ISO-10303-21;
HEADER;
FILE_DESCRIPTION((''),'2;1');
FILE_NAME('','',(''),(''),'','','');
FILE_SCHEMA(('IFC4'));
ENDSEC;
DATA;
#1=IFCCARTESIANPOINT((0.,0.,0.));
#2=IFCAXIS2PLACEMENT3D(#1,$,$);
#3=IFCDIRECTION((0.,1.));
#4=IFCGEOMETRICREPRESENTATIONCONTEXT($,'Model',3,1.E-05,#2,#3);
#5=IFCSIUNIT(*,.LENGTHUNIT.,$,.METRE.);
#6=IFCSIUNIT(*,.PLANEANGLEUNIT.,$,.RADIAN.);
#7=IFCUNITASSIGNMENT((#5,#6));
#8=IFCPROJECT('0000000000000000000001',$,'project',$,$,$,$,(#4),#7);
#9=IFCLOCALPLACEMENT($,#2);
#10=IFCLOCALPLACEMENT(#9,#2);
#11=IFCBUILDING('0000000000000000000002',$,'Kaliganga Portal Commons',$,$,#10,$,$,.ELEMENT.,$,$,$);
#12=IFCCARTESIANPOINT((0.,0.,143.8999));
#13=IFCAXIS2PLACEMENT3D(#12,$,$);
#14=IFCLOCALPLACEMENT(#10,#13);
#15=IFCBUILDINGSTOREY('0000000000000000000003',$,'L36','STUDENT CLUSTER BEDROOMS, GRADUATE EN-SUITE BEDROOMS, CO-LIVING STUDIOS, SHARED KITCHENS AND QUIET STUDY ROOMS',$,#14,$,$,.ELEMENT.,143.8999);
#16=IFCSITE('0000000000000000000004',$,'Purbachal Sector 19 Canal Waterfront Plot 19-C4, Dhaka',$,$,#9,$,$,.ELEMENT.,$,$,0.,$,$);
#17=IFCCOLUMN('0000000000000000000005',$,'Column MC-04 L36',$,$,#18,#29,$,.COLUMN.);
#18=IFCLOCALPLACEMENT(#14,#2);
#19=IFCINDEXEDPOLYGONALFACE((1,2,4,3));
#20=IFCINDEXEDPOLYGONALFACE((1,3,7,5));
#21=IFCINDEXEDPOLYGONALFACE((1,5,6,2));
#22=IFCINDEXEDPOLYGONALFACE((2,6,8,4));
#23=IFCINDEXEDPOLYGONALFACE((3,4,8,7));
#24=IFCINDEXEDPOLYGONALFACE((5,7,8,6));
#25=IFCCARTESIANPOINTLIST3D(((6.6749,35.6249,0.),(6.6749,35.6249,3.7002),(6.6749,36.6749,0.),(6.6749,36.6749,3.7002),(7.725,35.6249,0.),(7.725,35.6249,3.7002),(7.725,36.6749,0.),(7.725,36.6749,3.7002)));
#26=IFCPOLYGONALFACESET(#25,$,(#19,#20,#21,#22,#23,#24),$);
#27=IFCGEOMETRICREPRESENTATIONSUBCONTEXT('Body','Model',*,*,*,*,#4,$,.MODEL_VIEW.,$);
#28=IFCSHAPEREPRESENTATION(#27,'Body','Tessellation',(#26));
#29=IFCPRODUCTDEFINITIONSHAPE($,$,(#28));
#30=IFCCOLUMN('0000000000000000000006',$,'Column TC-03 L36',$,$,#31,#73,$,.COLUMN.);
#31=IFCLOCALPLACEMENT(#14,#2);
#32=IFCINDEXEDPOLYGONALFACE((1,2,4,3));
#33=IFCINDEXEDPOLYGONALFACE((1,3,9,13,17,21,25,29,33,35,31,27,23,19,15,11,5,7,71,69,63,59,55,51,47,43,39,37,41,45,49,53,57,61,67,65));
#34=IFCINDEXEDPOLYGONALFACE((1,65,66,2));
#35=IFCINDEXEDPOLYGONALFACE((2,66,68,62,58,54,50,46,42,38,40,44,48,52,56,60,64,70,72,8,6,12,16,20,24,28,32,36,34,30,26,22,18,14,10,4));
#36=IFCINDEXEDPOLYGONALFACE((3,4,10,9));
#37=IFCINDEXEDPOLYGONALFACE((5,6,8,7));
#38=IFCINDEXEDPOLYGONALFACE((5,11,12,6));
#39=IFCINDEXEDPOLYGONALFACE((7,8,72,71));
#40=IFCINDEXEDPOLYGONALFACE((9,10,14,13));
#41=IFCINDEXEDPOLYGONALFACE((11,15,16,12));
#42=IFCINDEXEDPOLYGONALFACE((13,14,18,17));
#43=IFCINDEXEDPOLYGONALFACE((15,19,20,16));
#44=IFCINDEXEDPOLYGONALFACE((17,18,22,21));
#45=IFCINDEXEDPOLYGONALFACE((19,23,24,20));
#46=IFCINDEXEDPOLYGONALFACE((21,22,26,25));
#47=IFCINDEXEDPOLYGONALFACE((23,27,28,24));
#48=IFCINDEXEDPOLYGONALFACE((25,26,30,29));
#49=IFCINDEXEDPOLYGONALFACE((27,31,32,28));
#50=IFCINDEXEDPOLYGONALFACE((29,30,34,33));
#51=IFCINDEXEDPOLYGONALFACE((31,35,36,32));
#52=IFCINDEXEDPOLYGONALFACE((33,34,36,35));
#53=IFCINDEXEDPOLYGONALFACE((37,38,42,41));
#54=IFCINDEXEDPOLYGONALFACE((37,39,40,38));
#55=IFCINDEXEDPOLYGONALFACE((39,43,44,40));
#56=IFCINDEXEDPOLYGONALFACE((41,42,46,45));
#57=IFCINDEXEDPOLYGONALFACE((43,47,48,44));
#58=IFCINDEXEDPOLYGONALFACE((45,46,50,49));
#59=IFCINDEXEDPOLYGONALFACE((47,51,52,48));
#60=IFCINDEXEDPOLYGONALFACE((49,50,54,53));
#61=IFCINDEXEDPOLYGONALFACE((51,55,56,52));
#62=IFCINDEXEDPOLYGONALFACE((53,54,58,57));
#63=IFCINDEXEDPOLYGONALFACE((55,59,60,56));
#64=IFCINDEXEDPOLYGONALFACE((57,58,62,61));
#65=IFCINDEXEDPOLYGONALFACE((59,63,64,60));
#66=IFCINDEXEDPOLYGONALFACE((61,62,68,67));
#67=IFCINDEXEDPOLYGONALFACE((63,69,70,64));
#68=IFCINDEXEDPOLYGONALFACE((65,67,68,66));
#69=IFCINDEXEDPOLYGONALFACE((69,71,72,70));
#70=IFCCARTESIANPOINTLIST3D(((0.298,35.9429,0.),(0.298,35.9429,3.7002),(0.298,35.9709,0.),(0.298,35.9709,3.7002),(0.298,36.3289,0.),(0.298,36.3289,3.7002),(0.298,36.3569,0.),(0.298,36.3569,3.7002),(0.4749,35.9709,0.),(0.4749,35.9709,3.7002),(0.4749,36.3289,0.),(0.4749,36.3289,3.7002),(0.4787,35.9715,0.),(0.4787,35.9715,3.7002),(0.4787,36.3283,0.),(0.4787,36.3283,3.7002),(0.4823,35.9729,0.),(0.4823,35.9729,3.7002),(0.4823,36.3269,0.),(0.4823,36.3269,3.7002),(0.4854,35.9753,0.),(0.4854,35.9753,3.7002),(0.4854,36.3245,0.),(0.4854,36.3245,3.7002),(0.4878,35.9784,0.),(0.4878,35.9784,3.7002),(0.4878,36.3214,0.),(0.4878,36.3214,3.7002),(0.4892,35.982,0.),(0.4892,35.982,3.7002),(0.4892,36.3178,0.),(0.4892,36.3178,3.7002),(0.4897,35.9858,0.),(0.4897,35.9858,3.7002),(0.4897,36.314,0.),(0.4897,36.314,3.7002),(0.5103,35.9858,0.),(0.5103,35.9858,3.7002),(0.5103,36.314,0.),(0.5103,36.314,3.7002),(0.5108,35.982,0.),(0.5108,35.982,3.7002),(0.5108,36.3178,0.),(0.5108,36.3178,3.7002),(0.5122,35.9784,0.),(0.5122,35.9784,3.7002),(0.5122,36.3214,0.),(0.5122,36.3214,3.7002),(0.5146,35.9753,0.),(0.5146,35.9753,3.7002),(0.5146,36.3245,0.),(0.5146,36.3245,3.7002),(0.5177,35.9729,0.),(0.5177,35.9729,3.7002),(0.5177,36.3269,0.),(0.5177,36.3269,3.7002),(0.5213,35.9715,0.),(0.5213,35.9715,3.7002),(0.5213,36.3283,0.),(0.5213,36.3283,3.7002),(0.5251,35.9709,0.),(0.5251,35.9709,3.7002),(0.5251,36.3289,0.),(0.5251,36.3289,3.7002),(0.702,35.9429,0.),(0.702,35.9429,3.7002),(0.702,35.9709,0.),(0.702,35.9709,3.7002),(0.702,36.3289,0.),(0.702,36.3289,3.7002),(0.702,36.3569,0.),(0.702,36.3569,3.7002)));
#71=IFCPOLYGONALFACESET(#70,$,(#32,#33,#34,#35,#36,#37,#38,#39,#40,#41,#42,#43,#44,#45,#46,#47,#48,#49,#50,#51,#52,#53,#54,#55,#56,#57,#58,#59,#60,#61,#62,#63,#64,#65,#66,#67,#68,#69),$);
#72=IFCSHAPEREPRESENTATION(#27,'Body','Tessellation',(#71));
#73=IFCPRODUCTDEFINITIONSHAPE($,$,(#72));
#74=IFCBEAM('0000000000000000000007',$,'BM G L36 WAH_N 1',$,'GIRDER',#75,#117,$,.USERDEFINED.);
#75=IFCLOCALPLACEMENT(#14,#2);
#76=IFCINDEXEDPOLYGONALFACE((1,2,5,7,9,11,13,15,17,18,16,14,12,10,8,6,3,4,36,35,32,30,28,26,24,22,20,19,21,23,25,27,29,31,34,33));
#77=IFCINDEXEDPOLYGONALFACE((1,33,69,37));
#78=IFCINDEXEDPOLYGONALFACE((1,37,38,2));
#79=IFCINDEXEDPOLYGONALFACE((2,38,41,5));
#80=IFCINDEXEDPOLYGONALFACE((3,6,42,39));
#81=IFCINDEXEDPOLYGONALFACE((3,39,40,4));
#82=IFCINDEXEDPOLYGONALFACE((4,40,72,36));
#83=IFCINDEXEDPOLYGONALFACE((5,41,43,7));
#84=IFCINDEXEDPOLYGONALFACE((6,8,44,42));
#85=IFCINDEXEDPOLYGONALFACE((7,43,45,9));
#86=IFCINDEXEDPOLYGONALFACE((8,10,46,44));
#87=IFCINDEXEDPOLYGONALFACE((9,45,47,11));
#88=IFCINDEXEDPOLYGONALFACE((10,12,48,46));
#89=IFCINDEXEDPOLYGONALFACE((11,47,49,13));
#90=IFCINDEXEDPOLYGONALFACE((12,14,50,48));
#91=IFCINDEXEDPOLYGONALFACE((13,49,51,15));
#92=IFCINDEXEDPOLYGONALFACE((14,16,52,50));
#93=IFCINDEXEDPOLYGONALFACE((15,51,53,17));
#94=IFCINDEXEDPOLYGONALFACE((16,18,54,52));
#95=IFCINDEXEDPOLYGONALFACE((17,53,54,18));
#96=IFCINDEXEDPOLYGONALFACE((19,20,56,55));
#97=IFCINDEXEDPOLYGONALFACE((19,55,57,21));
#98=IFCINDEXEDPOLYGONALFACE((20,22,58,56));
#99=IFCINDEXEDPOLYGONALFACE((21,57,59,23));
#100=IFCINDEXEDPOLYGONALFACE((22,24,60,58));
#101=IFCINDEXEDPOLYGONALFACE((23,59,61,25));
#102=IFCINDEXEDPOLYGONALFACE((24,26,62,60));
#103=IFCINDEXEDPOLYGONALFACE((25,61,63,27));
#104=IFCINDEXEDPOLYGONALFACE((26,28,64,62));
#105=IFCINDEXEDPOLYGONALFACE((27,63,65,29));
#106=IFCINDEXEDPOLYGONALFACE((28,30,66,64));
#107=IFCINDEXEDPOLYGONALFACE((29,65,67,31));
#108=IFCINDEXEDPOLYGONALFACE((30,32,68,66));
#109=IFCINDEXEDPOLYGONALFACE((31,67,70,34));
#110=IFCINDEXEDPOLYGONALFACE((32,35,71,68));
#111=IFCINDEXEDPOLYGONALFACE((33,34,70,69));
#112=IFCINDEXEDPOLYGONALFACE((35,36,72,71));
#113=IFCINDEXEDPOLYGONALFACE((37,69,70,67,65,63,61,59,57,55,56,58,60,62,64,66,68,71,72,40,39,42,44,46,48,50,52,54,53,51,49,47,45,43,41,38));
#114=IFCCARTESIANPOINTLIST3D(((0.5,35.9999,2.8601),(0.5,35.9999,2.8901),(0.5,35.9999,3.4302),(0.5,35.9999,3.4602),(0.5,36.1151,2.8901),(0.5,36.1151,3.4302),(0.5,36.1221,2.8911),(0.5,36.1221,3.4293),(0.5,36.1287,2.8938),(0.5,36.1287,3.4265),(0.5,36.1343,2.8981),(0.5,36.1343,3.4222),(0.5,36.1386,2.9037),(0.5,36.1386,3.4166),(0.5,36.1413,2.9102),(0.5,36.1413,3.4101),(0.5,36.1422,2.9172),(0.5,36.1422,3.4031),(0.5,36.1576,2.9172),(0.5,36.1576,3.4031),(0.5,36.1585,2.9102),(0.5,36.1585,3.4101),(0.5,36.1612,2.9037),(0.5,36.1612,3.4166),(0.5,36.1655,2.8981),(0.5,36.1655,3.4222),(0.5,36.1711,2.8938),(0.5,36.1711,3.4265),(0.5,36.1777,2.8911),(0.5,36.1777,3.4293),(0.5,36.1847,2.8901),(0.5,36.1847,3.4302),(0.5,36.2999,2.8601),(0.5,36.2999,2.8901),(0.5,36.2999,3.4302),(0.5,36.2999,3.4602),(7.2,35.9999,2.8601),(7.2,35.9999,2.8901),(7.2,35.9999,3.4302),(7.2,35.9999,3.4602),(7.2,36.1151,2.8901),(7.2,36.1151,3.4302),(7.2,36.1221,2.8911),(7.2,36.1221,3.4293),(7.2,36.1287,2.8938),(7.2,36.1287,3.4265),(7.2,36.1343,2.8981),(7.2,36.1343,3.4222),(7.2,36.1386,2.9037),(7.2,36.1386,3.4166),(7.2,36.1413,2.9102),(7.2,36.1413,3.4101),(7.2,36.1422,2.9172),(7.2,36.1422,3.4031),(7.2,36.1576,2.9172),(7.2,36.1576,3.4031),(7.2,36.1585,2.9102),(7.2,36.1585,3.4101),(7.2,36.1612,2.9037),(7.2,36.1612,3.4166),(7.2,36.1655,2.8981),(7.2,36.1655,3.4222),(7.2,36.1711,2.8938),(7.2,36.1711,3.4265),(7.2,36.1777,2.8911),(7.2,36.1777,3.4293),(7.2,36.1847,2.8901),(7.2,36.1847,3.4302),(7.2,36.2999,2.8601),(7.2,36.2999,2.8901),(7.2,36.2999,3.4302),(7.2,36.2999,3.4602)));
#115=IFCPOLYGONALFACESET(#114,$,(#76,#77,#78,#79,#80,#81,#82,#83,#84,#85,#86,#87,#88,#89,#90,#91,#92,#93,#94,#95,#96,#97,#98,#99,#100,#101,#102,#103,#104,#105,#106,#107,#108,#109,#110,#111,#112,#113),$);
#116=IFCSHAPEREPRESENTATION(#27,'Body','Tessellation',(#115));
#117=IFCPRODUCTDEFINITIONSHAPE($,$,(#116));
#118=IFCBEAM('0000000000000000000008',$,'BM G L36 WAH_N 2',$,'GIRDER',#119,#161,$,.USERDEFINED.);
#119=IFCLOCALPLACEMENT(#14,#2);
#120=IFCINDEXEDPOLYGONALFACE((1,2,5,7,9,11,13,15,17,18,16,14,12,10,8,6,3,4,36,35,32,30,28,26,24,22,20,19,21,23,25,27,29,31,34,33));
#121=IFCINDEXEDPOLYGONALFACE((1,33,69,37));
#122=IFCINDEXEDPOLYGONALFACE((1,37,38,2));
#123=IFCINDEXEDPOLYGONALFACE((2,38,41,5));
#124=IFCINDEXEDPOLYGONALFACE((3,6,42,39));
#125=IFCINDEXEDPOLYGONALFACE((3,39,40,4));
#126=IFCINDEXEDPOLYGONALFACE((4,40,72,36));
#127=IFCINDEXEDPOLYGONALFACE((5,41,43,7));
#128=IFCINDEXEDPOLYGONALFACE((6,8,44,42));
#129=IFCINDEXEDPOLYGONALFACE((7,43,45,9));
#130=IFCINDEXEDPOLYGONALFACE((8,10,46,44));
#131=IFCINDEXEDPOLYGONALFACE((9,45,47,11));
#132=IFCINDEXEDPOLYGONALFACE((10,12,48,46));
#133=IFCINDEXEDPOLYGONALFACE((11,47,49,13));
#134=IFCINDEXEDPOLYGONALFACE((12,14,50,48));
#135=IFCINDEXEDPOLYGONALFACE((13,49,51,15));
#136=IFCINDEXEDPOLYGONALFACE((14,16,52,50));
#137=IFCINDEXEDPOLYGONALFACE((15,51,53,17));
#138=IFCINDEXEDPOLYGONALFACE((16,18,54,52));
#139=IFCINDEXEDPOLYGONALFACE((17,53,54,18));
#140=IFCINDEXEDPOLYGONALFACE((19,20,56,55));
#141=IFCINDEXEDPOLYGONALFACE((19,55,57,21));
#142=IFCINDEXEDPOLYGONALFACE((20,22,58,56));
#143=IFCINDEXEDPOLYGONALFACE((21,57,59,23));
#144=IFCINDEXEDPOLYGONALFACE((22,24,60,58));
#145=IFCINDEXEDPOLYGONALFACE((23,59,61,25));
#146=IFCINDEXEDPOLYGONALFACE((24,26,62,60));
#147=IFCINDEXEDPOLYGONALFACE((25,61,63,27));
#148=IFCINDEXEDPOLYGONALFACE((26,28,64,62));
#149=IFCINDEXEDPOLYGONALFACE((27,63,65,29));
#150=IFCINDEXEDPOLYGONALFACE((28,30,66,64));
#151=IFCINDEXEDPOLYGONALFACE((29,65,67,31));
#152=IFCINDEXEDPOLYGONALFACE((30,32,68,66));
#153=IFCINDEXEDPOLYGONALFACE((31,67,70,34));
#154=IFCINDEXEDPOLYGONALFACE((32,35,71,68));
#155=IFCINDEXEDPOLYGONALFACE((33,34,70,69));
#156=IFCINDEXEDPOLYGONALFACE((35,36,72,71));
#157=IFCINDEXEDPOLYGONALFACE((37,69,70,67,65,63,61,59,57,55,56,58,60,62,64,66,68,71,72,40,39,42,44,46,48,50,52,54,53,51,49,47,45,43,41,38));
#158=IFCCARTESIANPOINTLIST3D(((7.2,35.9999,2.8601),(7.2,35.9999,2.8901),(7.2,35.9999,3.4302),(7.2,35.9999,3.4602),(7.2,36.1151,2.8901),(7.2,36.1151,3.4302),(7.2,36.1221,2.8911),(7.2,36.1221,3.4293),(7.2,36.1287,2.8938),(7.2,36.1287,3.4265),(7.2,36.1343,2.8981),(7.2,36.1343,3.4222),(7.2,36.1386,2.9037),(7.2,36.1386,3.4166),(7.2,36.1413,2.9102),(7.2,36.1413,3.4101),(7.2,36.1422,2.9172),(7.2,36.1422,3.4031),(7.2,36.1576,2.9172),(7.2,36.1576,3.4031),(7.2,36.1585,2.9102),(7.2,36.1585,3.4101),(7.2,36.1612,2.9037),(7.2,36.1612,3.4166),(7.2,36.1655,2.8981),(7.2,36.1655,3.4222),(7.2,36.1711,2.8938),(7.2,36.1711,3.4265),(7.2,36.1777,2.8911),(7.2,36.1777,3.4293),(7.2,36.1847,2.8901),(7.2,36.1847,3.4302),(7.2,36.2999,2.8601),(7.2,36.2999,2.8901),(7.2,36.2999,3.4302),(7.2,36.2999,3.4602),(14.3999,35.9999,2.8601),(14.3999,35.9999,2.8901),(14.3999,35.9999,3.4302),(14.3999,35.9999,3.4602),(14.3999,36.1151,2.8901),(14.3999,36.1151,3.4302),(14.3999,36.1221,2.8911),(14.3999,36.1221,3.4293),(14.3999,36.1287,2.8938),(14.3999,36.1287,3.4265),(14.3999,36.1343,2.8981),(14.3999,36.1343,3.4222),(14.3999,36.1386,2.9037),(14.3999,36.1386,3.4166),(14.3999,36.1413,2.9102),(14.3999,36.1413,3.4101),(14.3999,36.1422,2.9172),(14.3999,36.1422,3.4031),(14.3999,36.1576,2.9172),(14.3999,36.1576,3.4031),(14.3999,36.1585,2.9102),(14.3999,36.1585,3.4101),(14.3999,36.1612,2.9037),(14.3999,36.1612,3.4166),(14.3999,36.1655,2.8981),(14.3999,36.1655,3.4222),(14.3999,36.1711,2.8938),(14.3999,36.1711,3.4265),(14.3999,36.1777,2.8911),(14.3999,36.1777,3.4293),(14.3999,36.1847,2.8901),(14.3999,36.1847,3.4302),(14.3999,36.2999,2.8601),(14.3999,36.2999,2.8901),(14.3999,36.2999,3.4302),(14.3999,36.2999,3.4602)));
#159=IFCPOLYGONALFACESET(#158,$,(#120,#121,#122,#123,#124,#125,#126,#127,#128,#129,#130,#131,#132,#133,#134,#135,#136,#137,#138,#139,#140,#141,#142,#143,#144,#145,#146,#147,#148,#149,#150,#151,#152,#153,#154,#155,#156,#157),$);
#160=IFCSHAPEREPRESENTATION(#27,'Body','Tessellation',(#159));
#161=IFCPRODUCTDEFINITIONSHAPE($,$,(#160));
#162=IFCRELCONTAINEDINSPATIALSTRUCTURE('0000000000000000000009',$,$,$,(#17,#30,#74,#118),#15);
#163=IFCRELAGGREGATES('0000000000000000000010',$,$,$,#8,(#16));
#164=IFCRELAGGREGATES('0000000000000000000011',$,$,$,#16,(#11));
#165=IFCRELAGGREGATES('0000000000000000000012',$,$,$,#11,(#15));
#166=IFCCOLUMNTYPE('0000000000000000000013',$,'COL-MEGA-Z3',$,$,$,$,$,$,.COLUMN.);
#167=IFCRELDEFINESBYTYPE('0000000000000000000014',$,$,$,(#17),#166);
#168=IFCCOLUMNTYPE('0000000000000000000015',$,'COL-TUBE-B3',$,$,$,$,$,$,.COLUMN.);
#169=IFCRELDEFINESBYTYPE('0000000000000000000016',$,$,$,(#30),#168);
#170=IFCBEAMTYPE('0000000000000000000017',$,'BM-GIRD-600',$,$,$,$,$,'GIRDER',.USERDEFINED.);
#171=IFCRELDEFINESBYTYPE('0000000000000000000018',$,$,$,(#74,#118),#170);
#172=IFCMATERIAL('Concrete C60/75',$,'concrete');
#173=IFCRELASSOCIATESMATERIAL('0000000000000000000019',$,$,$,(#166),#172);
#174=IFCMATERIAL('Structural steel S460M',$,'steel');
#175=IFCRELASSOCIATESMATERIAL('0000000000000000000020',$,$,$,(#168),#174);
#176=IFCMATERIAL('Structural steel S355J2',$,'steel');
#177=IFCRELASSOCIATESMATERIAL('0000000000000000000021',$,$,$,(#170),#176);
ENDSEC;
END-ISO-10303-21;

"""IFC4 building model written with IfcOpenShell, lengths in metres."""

from ifc_helpers import new_model, si_unit, direction, frame, origin, origin_2d, place, context, subcontext, project, spatial, rectangle, i_section, extrude, source, transform, mapped, material, material_profile, profile_set, type_object, element, save


model = new_model("IFC4")

# Units and contexts
model_context = context("Model", 3, precision=1e-05, world=origin(), true_north=direction((0.0, 1.0)))
body_context = subcontext(model_context, "Body", "Model", "MODEL_VIEW")
ifc_project = project(units=[si_unit("LENGTHUNIT", "METRE"), si_unit("PLANEANGLEUNIT", "RADIAN")], contexts=[model_context])

# Site, building, storey
site_placement = place(None, origin())
site = spatial("IfcSite", under=ifc_project, at=site_placement, Name="Purbachal Sector 19 Canal Waterfront Plot 19-C4, Dhaka", CompositionType="ELEMENT", RefElevation=0.0)
building_placement = place(site_placement, origin())
building = spatial("IfcBuilding", under=site, at=building_placement, Name="Kaliganga Portal Commons", CompositionType="ELEMENT")
storey_placement = place(building_placement, frame((0.0, 0.0, 143.8999)))
storey = spatial("IfcBuildingStorey", under=building, at=storey_placement, Name="L36", Description="STUDENT CLUSTER BEDROOMS, GRADUATE EN-SUITE BEDROOMS, CO-LIVING STUDIOS, SHARED KITCHENS AND QUIET STUDY ROOMS", CompositionType="ELEMENT", Elevation=143.8999)

# Columns
ifc_material_1 = material(Name="Concrete C60/75", Category="concrete")
ifc_material_profile_1 = material_profile(ifc_material_1, rectangle(XDim=1.05, YDim=1.05, at=origin_2d()), Name="RC 1050x1050")
ifc_profile_set_1 = profile_set([ifc_material_profile_1], Name="Concrete C60/75")
column_type_1 = type_object("IfcColumnType", Name="COL-MEGA-Z3", PredefinedType="COLUMN", material=ifc_profile_set_1)
shared_shape_1 = source(origin(), body_context, "Body", "SweptSolid", [
    extrude(rectangle(XDim=1.05, YDim=1.05, at=origin_2d()), origin(), (0.0, 0.0, 1.0), 3.7002),
])
column_1_placement = place(storey_placement, frame((7.2, 36.1499, 0.0), z_axis=(0.0, 0.0, 1.0), x_axis=(1.0, 0.0, 0.0)))
element("IfcColumn", 1, at=column_1_placement, inside=storey, type_object=column_type_1, Name="Column MC-04 L36", PredefinedType="COLUMN", context=body_context, shape_type="MappedRepresentation", body=[
    mapped(shared_shape_1, transform((0.0, 0.0, 0.0), x_axis=(1.0, 0.0, 0.0), y_axis=(0.0, 1.0, 0.0), z_axis=(0.0, 0.0, 1.0), scale=1.0)),
])
ifc_material_2 = material(Name="Structural steel S460M", Category="steel")
ifc_material_profile_2 = material_profile(ifc_material_2, i_section(OverallWidth=0.4041, OverallDepth=0.4141, WebThickness=0.0205, FlangeThickness=0.0281, FilletRadius=0.0149, at=origin_2d()), Name="HD 400x347")
ifc_profile_set_2 = profile_set([ifc_material_profile_2], Name="Structural steel S460M wide-flange")
column_type_2 = type_object("IfcColumnType", Name="COL-TUBE-B3", PredefinedType="COLUMN", material=ifc_profile_set_2)
shared_shape_2 = source(origin(), body_context, "Body", "SweptSolid", [
    extrude(i_section(OverallWidth=0.4041, OverallDepth=0.4141, WebThickness=0.0205, FlangeThickness=0.0281, FilletRadius=0.0149, at=origin_2d()), origin(), (0.0, 0.0, 1.0), 3.7002),
])
column_2_placement = place(storey_placement, frame((0.5, 36.1499, 0.0), z_axis=(0.0, 0.0, 1.0), x_axis=(1.0, 0.0, 0.0)))
element("IfcColumn", 2, at=column_2_placement, inside=storey, type_object=column_type_2, Name="Column TC-03 L36", PredefinedType="COLUMN", context=body_context, shape_type="MappedRepresentation", body=[
    mapped(shared_shape_2, transform((0.0, 0.0, 0.0), x_axis=(1.0, 0.0, 0.0), y_axis=(0.0, 1.0, 0.0), z_axis=(0.0, 0.0, 1.0), scale=1.0)),
])

# Beams
ifc_material_3 = material(Name="Structural steel S355J2", Category="steel")
ifc_material_profile_3 = material_profile(ifc_material_3, i_section(OverallWidth=0.3, OverallDepth=0.6001, WebThickness=0.0154, FlangeThickness=0.03, FilletRadius=0.0271, at=origin_2d()), Name="HE 600 B")
ifc_profile_set_3 = profile_set([ifc_material_profile_3], Name="Structural steel S355J2 wide-flange")
beam_type = type_object("IfcBeamType", Name="BM-GIRD-600", ElementType="GIRDER", PredefinedType="USERDEFINED", material=ifc_profile_set_3)
shared_shape_3 = source(origin(), body_context, "Body", "SweptSolid", [
    extrude(i_section(OverallWidth=0.3, OverallDepth=0.6001, WebThickness=0.0154, FlangeThickness=0.03, FilletRadius=0.0271, at=origin_2d()), origin(), (0.0, 0.0, 1.0), 6.7),
])
beam_1_placement = place(storey_placement, frame((0.5, 36.1499, 3.1602), z_axis=(1.0, 0.0, 0.0), x_axis=(0.0, 1.0, 0.0)))
element("IfcBeam", 3, at=beam_1_placement, inside=storey, type_object=beam_type, Name="BM G L36 WAH_N 1", ObjectType="GIRDER", PredefinedType="USERDEFINED", context=body_context, shape_type="MappedRepresentation", body=[
    mapped(shared_shape_3, transform((0.0, 0.0, 0.0), x_axis=(1.0, 0.0, 0.0), y_axis=(0.0, 1.0, 0.0), z_axis=(0.0, 0.0, 1.0), scale=1.0)),
])
shared_shape_4 = source(origin(), body_context, "Body", "SweptSolid", [
    extrude(i_section(OverallWidth=0.3, OverallDepth=0.6001, WebThickness=0.0154, FlangeThickness=0.03, FilletRadius=0.0271, at=origin_2d()), origin(), (0.0, 0.0, 1.0), 7.2),
])
beam_2_placement = place(storey_placement, frame((7.2, 36.1499, 3.1602), z_axis=(1.0, 0.0, 0.0), x_axis=(0.0, 1.0, 0.0)))
element("IfcBeam", 4, at=beam_2_placement, inside=storey, type_object=beam_type, Name="BM G L36 WAH_N 2", ObjectType="GIRDER", PredefinedType="USERDEFINED", context=body_context, shape_type="MappedRepresentation", body=[
    mapped(shared_shape_4, transform((0.0, 0.0, 0.0), x_axis=(1.0, 0.0, 0.0), y_axis=(0.0, 1.0, 0.0), z_axis=(0.0, 0.0, 1.0), scale=1.0)),
])

save(model, "model.ifc")
